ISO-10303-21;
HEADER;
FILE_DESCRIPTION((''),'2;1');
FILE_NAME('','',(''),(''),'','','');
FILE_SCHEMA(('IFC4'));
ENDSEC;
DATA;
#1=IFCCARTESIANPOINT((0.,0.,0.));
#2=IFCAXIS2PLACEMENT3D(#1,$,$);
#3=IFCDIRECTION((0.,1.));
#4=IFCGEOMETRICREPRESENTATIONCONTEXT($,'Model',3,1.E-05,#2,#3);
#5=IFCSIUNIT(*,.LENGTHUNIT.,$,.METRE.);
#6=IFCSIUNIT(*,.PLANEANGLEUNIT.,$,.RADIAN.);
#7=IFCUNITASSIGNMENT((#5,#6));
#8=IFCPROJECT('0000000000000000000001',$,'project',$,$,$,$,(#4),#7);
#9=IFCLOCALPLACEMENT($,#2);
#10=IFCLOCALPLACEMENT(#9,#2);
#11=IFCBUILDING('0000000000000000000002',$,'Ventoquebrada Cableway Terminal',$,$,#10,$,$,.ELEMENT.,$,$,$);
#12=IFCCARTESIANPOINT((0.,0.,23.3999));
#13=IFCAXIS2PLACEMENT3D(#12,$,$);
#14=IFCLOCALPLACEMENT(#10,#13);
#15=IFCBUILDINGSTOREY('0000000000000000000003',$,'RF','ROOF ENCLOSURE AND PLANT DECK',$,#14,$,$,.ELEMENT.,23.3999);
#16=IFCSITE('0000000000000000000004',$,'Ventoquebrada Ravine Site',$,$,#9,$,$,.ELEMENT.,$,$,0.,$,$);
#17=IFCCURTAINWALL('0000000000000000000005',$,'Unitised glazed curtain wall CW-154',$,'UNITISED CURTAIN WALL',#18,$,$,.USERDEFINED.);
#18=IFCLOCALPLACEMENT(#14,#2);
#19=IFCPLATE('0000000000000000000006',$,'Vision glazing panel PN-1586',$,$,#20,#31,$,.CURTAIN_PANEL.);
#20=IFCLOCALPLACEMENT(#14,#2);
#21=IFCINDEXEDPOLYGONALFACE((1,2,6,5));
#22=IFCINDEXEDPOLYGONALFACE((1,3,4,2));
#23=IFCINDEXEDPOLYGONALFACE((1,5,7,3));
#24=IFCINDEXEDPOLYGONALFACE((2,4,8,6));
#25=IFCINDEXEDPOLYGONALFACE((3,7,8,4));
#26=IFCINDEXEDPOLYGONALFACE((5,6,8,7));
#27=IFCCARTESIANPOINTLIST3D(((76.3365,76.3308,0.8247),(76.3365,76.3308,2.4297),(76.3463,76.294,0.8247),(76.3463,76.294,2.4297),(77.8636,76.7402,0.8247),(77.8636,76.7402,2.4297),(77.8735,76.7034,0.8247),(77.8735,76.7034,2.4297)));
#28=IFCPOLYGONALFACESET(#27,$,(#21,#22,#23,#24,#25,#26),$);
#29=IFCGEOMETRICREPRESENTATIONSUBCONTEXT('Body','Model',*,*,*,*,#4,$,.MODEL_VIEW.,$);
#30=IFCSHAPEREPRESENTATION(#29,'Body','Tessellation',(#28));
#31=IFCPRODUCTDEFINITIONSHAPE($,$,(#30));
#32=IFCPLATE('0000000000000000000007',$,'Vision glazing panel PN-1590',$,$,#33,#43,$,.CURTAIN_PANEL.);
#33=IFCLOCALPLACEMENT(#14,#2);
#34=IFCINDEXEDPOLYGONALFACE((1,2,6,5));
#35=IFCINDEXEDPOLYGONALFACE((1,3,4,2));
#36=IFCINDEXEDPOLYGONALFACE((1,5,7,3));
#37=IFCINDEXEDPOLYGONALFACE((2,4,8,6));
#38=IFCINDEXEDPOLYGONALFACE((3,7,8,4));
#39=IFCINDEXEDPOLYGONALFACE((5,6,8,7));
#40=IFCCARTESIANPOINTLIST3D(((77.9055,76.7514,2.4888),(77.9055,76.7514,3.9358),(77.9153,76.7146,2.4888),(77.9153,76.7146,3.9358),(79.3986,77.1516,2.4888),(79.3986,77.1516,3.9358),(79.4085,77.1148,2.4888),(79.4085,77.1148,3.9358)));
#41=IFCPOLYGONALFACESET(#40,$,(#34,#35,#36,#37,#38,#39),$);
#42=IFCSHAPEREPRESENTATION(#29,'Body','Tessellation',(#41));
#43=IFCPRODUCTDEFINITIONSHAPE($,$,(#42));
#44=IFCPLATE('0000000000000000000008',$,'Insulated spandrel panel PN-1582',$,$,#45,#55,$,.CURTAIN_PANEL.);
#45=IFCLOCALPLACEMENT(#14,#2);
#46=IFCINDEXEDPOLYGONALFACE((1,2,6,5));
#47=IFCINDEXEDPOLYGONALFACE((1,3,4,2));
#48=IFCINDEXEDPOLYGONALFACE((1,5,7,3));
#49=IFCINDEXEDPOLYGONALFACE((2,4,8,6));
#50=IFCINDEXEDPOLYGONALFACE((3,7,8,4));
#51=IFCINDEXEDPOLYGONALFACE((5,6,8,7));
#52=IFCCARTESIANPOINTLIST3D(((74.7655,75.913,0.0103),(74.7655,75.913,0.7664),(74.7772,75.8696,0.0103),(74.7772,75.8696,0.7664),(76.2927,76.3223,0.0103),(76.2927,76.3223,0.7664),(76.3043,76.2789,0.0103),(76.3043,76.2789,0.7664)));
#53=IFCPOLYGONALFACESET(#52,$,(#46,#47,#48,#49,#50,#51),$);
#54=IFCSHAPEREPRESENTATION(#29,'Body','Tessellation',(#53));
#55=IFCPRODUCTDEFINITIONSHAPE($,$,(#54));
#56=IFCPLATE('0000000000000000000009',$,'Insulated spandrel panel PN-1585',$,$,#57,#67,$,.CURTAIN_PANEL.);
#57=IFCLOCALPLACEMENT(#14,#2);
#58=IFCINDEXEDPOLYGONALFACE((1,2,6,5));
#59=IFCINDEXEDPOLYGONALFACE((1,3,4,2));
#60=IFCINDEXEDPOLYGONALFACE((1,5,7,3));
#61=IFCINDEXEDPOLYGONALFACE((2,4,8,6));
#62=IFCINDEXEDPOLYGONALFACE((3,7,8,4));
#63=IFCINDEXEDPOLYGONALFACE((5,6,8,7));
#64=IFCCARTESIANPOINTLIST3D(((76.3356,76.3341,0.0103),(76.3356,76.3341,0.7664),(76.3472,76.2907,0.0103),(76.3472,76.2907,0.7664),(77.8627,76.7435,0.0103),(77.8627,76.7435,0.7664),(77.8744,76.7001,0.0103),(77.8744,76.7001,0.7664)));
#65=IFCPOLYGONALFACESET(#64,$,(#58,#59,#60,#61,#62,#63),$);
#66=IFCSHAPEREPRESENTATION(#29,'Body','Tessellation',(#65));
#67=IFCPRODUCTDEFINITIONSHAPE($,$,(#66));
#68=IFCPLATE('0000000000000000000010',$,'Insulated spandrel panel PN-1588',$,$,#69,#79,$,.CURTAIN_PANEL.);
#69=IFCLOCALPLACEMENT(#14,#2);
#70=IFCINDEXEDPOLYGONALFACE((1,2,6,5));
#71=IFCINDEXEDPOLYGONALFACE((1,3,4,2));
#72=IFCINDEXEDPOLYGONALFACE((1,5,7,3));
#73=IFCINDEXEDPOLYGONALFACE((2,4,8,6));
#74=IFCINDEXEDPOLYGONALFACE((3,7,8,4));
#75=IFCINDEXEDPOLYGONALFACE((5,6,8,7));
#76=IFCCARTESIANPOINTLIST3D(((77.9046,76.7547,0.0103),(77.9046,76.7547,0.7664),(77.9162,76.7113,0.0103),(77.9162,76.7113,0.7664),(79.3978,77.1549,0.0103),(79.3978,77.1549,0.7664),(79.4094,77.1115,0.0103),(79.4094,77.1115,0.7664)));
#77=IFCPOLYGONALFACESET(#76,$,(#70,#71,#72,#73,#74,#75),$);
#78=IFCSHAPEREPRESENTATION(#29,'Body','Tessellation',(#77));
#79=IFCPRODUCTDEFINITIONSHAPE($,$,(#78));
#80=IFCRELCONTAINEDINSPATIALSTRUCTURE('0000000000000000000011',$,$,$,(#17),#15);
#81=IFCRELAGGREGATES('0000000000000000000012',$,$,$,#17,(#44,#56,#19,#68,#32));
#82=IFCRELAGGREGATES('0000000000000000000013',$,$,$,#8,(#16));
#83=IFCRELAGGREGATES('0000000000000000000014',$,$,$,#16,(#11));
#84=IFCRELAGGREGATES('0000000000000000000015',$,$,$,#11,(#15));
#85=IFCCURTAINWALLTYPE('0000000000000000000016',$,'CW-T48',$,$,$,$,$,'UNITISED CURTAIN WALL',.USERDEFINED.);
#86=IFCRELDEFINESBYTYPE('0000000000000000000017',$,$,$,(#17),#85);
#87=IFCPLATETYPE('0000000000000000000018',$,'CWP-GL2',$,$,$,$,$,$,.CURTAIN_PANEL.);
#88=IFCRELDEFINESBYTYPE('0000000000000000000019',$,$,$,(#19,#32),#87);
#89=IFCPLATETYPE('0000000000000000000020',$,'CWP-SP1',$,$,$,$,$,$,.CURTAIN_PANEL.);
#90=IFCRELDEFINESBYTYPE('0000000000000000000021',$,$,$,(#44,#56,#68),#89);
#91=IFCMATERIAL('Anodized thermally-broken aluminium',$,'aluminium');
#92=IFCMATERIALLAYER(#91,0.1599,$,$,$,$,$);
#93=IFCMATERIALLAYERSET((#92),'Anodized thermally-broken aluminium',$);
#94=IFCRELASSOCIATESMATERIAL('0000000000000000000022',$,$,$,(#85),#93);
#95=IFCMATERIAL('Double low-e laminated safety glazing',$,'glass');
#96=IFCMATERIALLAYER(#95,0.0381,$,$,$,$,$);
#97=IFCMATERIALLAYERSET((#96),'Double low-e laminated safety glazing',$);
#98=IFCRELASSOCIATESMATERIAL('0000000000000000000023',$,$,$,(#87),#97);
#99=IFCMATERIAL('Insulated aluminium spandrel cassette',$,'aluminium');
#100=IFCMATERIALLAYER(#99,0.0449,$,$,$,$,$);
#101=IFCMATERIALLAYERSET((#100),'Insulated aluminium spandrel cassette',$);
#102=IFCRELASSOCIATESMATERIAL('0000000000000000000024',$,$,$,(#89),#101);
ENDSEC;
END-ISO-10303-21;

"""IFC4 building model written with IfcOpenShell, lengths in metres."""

from ifc_helpers import new_model, si_unit, direction, frame, origin, origin_2d, place, context, subcontext, project, spatial, rectangle, extrude, material, layer, layer_set, type_object, element, aggregate, save


model = new_model("IFC4")

# Units and contexts
model_context = context("Model", 3, precision=1e-05, world=origin(), true_north=direction((0.0, 1.0)))
body_context = subcontext(model_context, "Body", "Model", "MODEL_VIEW")
ifc_project = project(units=[si_unit("LENGTHUNIT", "METRE"), si_unit("PLANEANGLEUNIT", "RADIAN")], contexts=[model_context])

# Site, building, storey
site_placement = place(None, origin())
site = spatial("IfcSite", under=ifc_project, at=site_placement, Name="Ventoquebrada Ravine Site", CompositionType="ELEMENT", RefElevation=0.0)
building_placement = place(site_placement, origin())
building = spatial("IfcBuilding", under=site, at=building_placement, Name="Ventoquebrada Cableway Terminal", CompositionType="ELEMENT")
storey_placement = place(building_placement, frame((0.0, 0.0, 23.3999)))
storey = spatial("IfcBuildingStorey", under=building, at=storey_placement, Name="RF", Description="ROOF ENCLOSURE AND PLANT DECK", CompositionType="ELEMENT", Elevation=23.3999)

# Curtain wall
ifc_material_1 = material(Name="Anodized thermally-broken aluminium", Category="aluminium")
ifc_layer_1 = layer(ifc_material_1, 0.1599)
ifc_layer_set_1 = layer_set([ifc_layer_1], Name="Anodized thermally-broken aluminium")
curtain_wall_type = type_object("IfcCurtainWallType", Name="CW-T48", ElementType="UNITISED CURTAIN WALL", PredefinedType="USERDEFINED", material=ifc_layer_set_1)
curtain_wall_placement = place(storey_placement, origin())
curtain_wall = element("IfcCurtainWall", 1, at=curtain_wall_placement, inside=storey, type_object=curtain_wall_type, Name="Unitised glazed curtain wall CW-154", ObjectType="UNITISED CURTAIN WALL", PredefinedType="USERDEFINED")

# Plates
ifc_material_2 = material(Name="Double low-e laminated safety glazing", Category="glass")
ifc_layer_2 = layer(ifc_material_2, 0.0381)
ifc_layer_set_2 = layer_set([ifc_layer_2], Name="Double low-e laminated safety glazing")
plate_type_1 = type_object("IfcPlateType", Name="CWP-GL2", PredefinedType="CURTAIN_PANEL", material=ifc_layer_set_2)
plate_1_placement = place(storey_placement, frame((77.105, 76.5171, 0.8247), z_axis=(0.0, 0.0, 1.0), x_axis=(0.965903, 0.258903, 0.0)))
plate_1 = element("IfcPlate", 2, at=plate_1_placement, type_object=plate_type_1, Name="Vision glazing panel PN-1586", PredefinedType="CURTAIN_PANEL", context=body_context, shape_type="SweptSolid", body=[
    extrude(rectangle(XDim=1.5811, YDim=0.0381, at=origin_2d()), origin(), (0.0, 0.0, 1.0), 1.605),
])
plate_2_placement = place(storey_placement, frame((78.657, 76.9331, 2.4888), z_axis=(0.0, 0.0, 1.0), x_axis=(0.965903, 0.258903, 0.0)))
plate_2 = element("IfcPlate", 3, at=plate_2_placement, type_object=plate_type_1, Name="Vision glazing panel PN-1590", PredefinedType="CURTAIN_PANEL", context=body_context, shape_type="SweptSolid", body=[
    extrude(rectangle(XDim=1.5459, YDim=0.0381, at=origin_2d()), origin(), (0.0, 0.0, 1.0), 1.447),
])
ifc_material_3 = material(Name="Insulated aluminium spandrel cassette", Category="aluminium")
ifc_layer_3 = layer(ifc_material_3, 0.0449)
ifc_layer_set_3 = layer_set([ifc_layer_3], Name="Insulated aluminium spandrel cassette")
plate_type_2 = type_object("IfcPlateType", Name="CWP-SP1", PredefinedType="CURTAIN_PANEL", material=ifc_layer_set_3)
plate_3_placement = place(storey_placement, frame((75.5349, 76.0959, 0.0103), z_axis=(0.0, 0.0, 1.0), x_axis=(0.965903, 0.258903, 0.0)))
plate_3 = element("IfcPlate", 4, at=plate_3_placement, type_object=plate_type_2, Name="Insulated spandrel panel PN-1582", PredefinedType="CURTAIN_PANEL", context=body_context, shape_type="SweptSolid", body=[
    extrude(rectangle(XDim=1.5811, YDim=0.0449, at=origin_2d()), origin(), (0.0, 0.0, 1.0), 0.7561),
])
plate_4_placement = place(storey_placement, frame((77.105, 76.5171, 0.0103), z_axis=(0.0, 0.0, 1.0), x_axis=(0.965903, 0.258903, 0.0)))
plate_4 = element("IfcPlate", 5, at=plate_4_placement, type_object=plate_type_2, Name="Insulated spandrel panel PN-1585", PredefinedType="CURTAIN_PANEL", context=body_context, shape_type="SweptSolid", body=[
    extrude(rectangle(XDim=1.5811, YDim=0.0449, at=origin_2d()), origin(), (0.0, 0.0, 1.0), 0.7561),
])
plate_5_placement = place(storey_placement, frame((78.657, 76.9331, 0.0103), z_axis=(0.0, 0.0, 1.0), x_axis=(0.965903, 0.258903, 0.0)))
plate_5 = element("IfcPlate", 6, at=plate_5_placement, type_object=plate_type_2, Name="Insulated spandrel panel PN-1588", PredefinedType="CURTAIN_PANEL", context=body_context, shape_type="SweptSolid", body=[
    extrude(rectangle(XDim=1.5459, YDim=0.0449, at=origin_2d()), origin(), (0.0, 0.0, 1.0), 0.7561),
])
aggregate(curtain_wall, [plate_3, plate_4, plate_1, plate_5, plate_2])

save(model, "model.ifc")
